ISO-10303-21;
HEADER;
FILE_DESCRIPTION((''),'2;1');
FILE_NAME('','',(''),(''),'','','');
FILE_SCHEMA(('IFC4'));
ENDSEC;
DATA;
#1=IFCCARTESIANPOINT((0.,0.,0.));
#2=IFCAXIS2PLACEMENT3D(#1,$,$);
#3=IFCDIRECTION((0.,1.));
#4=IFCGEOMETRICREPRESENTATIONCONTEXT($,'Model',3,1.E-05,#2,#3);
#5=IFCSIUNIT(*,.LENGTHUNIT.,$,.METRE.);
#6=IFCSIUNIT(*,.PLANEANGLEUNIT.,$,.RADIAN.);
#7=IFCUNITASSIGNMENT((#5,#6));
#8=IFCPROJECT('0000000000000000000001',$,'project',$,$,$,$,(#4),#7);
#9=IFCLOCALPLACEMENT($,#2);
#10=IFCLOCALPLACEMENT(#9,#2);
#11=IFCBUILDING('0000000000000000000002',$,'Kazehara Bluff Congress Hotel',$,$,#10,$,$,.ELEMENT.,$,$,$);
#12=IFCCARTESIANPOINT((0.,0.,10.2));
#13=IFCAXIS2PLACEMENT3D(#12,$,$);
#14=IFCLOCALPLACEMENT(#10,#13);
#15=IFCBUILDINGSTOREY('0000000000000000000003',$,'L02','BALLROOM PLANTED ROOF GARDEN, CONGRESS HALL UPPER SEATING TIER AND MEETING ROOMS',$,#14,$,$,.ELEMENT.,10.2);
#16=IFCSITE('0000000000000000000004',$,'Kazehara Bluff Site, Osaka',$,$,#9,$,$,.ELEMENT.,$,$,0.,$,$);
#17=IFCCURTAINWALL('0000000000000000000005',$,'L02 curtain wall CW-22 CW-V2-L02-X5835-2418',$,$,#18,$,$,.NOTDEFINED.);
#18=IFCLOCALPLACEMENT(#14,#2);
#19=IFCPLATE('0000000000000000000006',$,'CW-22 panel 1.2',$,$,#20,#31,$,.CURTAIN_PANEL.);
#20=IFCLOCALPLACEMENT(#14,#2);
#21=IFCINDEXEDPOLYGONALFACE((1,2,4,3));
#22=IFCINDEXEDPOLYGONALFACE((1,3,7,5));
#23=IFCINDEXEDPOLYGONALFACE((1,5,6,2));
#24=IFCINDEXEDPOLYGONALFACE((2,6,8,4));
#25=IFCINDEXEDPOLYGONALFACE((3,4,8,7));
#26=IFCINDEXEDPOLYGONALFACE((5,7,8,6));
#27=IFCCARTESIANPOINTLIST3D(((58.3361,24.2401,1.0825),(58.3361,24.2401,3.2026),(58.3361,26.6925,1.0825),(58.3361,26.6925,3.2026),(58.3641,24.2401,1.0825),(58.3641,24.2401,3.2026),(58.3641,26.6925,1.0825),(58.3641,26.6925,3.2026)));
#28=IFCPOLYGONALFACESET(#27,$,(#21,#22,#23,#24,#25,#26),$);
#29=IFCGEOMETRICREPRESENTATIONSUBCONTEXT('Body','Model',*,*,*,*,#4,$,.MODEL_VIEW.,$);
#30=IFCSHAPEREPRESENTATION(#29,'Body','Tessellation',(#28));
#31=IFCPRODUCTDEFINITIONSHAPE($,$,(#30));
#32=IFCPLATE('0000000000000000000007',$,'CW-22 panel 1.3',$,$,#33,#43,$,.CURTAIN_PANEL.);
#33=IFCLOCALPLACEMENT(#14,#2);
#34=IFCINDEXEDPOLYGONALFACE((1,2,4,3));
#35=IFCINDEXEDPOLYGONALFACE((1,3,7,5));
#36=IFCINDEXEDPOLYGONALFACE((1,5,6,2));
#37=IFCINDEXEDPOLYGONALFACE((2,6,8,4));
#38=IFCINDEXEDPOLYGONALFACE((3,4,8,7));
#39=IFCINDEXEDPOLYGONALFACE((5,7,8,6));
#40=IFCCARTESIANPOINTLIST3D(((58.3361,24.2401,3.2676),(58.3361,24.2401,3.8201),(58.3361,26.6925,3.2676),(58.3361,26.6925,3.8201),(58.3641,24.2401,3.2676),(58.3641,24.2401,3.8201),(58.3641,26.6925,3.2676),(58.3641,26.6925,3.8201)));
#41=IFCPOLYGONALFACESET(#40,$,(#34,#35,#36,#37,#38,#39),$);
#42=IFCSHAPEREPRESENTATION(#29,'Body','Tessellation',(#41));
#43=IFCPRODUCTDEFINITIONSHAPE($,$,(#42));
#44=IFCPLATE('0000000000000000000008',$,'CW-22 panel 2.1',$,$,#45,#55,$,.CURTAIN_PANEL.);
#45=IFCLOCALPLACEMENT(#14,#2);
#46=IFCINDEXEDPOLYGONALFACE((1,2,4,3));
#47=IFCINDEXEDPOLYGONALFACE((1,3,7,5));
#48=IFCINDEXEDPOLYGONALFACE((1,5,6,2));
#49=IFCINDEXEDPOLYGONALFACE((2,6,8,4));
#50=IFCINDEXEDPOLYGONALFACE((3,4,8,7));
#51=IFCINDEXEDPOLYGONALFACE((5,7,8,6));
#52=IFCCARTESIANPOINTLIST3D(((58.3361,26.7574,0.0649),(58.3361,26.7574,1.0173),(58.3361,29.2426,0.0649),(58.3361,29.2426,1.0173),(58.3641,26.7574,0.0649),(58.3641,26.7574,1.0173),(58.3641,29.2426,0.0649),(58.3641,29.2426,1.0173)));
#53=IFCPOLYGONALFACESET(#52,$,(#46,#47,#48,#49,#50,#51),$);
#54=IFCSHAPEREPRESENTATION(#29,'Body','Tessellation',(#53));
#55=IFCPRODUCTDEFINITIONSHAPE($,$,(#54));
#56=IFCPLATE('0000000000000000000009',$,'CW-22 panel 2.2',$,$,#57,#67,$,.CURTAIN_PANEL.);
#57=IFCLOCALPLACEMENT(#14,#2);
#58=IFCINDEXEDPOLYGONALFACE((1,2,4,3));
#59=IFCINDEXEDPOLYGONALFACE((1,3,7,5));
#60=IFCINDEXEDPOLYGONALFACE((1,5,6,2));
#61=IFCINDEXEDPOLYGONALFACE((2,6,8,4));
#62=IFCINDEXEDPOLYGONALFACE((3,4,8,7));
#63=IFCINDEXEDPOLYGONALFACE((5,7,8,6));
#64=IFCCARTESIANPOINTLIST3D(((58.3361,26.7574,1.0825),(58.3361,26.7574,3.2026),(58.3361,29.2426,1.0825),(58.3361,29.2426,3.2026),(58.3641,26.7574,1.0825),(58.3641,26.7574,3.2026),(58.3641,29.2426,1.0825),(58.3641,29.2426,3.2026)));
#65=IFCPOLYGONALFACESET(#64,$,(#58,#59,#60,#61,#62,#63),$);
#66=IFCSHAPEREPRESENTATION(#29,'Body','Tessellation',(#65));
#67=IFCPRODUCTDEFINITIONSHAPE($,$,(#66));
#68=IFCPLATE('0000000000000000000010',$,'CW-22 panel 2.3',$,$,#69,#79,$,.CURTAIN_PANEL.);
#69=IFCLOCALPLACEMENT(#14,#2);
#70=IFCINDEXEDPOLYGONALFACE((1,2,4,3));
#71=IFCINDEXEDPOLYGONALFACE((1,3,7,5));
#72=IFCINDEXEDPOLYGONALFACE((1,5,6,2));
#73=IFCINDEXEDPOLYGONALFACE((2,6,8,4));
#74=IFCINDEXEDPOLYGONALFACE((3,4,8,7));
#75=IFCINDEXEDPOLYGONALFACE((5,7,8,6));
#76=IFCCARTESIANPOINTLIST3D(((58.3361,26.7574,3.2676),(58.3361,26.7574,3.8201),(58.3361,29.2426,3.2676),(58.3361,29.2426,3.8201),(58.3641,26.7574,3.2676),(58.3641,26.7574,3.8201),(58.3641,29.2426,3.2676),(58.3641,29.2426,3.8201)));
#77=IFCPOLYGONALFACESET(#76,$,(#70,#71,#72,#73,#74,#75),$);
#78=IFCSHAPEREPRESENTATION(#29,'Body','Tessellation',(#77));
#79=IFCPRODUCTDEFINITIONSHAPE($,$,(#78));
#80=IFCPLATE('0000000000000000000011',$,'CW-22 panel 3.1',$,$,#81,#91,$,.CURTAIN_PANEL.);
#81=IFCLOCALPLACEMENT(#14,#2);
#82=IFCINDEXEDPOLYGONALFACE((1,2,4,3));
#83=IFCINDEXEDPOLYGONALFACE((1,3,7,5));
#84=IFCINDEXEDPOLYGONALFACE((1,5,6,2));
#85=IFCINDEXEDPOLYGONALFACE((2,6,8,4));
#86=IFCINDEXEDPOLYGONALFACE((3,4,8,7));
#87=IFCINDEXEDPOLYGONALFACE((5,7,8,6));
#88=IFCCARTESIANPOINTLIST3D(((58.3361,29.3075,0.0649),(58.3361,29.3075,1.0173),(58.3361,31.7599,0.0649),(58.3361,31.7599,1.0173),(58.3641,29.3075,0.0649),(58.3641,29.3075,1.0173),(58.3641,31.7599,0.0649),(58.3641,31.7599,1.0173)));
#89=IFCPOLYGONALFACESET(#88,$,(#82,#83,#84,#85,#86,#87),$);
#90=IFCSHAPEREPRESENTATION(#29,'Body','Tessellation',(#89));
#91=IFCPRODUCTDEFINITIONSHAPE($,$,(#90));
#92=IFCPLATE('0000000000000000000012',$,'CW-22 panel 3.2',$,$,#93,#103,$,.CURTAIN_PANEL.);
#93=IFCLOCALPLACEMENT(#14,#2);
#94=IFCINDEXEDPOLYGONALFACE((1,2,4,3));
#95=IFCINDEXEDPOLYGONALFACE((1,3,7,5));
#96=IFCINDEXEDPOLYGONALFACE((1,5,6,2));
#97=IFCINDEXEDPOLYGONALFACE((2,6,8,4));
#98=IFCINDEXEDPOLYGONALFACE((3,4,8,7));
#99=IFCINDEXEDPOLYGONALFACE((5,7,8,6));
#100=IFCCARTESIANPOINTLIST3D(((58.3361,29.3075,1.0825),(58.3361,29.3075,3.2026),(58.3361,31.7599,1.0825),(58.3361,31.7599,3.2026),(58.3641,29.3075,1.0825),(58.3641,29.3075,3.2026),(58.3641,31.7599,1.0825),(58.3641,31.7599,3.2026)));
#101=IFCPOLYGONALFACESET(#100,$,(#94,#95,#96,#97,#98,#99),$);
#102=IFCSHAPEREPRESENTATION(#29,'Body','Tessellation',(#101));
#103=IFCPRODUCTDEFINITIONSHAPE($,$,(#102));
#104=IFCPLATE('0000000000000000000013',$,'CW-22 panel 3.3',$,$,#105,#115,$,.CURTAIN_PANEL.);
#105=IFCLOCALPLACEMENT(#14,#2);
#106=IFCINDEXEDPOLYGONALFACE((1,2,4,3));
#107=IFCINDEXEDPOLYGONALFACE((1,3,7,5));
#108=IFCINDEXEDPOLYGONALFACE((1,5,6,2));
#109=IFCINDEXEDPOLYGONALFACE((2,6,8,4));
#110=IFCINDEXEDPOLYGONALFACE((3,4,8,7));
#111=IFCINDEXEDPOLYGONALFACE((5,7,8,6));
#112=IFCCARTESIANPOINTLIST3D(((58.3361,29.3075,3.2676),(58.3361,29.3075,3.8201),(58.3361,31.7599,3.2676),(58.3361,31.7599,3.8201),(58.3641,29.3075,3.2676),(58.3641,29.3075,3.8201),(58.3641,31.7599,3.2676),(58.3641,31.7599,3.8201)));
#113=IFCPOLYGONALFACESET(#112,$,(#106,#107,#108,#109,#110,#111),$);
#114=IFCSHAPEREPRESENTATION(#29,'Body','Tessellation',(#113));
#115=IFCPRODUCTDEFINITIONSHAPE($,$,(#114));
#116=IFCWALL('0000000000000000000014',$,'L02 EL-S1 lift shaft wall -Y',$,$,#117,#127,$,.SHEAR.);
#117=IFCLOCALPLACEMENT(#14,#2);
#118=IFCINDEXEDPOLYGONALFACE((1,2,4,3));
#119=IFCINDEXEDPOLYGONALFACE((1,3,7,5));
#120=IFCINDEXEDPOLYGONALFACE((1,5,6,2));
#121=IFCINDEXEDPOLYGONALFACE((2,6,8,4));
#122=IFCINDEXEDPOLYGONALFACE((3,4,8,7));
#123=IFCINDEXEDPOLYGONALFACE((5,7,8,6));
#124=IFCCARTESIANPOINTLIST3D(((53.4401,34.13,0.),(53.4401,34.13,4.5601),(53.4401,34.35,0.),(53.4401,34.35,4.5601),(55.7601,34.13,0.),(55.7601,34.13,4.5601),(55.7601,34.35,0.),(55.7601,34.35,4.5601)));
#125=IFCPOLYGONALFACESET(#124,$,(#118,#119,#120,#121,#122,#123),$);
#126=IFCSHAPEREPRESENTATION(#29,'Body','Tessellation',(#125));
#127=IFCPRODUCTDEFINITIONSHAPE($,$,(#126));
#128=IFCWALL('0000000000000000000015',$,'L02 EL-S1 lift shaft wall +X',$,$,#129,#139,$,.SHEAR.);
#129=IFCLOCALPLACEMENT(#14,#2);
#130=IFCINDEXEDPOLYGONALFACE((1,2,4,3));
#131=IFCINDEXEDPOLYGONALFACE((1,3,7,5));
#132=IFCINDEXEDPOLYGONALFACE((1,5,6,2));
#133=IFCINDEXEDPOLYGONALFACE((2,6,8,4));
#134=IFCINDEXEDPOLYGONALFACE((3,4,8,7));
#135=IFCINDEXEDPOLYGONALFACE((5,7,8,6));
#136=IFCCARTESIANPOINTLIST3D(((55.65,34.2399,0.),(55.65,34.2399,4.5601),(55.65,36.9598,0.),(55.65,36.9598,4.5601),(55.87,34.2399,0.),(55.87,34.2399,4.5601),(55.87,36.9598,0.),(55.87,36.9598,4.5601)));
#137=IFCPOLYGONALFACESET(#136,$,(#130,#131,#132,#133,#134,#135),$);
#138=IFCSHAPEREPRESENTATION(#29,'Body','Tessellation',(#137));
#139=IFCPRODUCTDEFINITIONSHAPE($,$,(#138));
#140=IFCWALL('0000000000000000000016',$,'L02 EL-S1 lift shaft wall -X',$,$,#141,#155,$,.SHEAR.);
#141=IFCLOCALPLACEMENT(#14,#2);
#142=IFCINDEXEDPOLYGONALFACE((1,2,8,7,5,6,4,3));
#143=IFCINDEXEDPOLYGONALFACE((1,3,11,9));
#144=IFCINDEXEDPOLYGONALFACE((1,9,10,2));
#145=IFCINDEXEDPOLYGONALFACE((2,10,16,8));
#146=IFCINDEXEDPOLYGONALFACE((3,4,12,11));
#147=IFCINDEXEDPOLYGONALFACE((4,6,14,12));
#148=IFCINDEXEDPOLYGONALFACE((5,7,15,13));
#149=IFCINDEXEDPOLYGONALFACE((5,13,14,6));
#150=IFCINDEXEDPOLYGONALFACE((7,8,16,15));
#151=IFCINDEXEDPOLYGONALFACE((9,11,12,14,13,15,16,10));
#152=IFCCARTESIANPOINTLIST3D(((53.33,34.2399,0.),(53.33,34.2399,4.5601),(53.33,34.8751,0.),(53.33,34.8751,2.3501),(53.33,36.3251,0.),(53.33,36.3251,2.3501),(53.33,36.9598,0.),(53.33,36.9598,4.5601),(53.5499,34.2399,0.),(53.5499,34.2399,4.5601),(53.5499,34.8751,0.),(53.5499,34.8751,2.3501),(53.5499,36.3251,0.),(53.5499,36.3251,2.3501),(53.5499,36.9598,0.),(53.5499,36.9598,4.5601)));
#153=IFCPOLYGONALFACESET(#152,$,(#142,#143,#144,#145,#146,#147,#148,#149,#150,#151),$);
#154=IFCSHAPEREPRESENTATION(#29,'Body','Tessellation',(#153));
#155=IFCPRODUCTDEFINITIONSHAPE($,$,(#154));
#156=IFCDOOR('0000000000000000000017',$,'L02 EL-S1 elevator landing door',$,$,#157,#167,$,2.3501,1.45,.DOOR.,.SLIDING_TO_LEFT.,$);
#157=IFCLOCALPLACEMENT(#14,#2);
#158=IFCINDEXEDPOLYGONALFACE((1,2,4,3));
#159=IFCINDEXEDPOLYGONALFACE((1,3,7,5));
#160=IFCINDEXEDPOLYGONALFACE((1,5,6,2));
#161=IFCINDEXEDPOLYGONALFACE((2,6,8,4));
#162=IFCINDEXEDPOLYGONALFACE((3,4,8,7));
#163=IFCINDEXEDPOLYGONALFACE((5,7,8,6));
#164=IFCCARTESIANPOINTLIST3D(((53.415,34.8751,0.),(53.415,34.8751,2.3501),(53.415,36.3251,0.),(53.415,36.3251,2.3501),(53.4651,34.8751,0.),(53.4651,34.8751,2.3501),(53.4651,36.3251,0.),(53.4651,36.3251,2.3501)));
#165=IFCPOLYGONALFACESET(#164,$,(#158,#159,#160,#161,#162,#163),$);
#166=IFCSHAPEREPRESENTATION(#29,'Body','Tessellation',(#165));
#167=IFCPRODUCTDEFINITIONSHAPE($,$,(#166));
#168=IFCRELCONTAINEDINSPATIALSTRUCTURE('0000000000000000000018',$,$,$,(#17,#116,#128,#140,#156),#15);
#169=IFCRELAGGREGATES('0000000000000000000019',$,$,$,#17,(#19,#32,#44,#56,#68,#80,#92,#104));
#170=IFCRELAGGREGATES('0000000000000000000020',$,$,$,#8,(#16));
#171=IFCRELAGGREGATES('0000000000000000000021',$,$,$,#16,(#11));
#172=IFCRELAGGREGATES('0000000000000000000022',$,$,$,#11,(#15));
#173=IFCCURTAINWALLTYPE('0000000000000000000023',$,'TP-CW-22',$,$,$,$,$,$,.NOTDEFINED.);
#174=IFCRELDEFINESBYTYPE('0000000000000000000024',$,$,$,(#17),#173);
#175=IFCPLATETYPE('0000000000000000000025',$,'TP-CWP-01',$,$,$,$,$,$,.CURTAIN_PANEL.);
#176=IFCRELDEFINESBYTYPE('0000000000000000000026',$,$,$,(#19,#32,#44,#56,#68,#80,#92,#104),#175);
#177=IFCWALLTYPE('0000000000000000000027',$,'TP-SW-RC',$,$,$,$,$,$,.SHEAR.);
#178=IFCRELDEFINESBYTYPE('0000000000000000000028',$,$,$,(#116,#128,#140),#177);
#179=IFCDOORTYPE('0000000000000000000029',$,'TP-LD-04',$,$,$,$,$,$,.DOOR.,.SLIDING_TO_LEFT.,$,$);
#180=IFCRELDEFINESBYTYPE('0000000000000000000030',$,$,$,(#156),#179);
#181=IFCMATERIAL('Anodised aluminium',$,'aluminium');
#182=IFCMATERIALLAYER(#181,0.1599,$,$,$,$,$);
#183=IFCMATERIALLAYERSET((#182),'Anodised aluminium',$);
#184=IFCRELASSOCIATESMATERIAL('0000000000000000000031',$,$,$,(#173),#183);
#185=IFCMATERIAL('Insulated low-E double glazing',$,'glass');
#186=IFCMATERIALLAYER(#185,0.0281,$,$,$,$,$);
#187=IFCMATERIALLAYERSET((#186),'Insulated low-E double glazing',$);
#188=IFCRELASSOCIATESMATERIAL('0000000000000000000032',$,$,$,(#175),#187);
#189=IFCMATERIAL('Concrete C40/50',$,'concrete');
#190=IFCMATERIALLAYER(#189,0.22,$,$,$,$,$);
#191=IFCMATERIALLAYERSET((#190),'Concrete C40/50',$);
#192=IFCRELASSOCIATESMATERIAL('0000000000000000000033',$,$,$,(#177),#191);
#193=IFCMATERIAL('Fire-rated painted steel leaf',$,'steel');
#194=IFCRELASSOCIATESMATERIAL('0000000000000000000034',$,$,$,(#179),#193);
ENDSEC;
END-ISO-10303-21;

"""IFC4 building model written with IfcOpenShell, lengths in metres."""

from ifc_helpers import new_model, si_unit, direction, frame, frame_2d, origin, origin_2d, place, context, subcontext, project, spatial, rectangle, extrude, material, layer, layer_set, type_object, element, fill, aggregate, save


model = new_model("IFC4")

# Units and contexts
model_context = context("Model", 3, precision=1e-05, world=origin(), true_north=direction((0.0, 1.0)))
body_context = subcontext(model_context, "Body", "Model", "MODEL_VIEW")
ifc_project = project(units=[si_unit("LENGTHUNIT", "METRE"), si_unit("PLANEANGLEUNIT", "RADIAN")], contexts=[model_context])

# Site, building, storey
site_placement = place(None, origin())
site = spatial("IfcSite", under=ifc_project, at=site_placement, Name="Kazehara Bluff Site, Osaka", CompositionType="ELEMENT", RefElevation=0.0)
building_placement = place(site_placement, origin())
building = spatial("IfcBuilding", under=site, at=building_placement, Name="Kazehara Bluff Congress Hotel", CompositionType="ELEMENT")
storey_placement = place(building_placement, frame((0.0, 0.0, 10.2)))
storey = spatial("IfcBuildingStorey", under=building, at=storey_placement, Name="L02", Description="BALLROOM PLANTED ROOF GARDEN, CONGRESS HALL UPPER SEATING TIER AND MEETING ROOMS", CompositionType="ELEMENT", Elevation=10.2)

# Curtain wall
ifc_material_1 = material(Name="Anodised aluminium", Category="aluminium")
ifc_layer_1 = layer(ifc_material_1, 0.1599)
ifc_layer_set_1 = layer_set([ifc_layer_1], Name="Anodised aluminium")
curtain_wall_type_1 = type_object("IfcCurtainWallType", Name="TP-CW-22", PredefinedType="NOTDEFINED", material=ifc_layer_set_1)
curtain_wall_1_placement = place(storey_placement, origin())
curtain_wall_1 = element("IfcCurtainWall", 1, at=curtain_wall_1_placement, inside=storey, type_object=curtain_wall_type_1, Name="L02 curtain wall CW-22 CW-V2-L02-X5835-2418", PredefinedType="NOTDEFINED")

# Plates
ifc_material_2 = material(Name="Insulated low-E double glazing", Category="glass")
ifc_layer_2 = layer(ifc_material_2, 0.0281)
ifc_layer_set_2 = layer_set([ifc_layer_2], Name="Insulated low-E double glazing")
plate_type = type_object("IfcPlateType", Name="TP-CWP-01", PredefinedType="CURTAIN_PANEL", material=ifc_layer_set_2)
plate_1_placement = place(storey_placement, frame((58.3501, 25.4663, 1.0825), z_axis=(0.0, 0.0, 1.0), x_axis=(0.0, 1.0, 0.0)))
plate_1 = element("IfcPlate", 2, at=plate_1_placement, type_object=plate_type, Name="CW-22 panel 1.2", PredefinedType="CURTAIN_PANEL", context=body_context, shape_type="SweptSolid", body=[
    extrude(rectangle(XDim=2.4524, YDim=0.0281, at=origin_2d()), origin(), (0.0, 0.0, 1.0), 2.1201),
])
plate_2_placement = place(storey_placement, frame((58.3501, 25.4663, 3.2676), z_axis=(0.0, 0.0, 1.0), x_axis=(0.0, 1.0, 0.0)))
plate_2 = element("IfcPlate", 3, at=plate_2_placement, type_object=plate_type, Name="CW-22 panel 1.3", PredefinedType="CURTAIN_PANEL", context=body_context, shape_type="SweptSolid", body=[
    extrude(rectangle(XDim=2.4524, YDim=0.0281, at=origin_2d()), origin(), (0.0, 0.0, 1.0), 0.5525),
])
plate_3_placement = place(storey_placement, frame((58.3501, 28.0, 0.0649), z_axis=(0.0, 0.0, 1.0), x_axis=(0.0, 1.0, 0.0)))
plate_3 = element("IfcPlate", 4, at=plate_3_placement, type_object=plate_type, Name="CW-22 panel 2.1", PredefinedType="CURTAIN_PANEL", context=body_context, shape_type="SweptSolid", body=[
    extrude(rectangle(XDim=2.4851, YDim=0.0281, at=origin_2d()), origin(), (0.0, 0.0, 1.0), 0.9524),
])
plate_4_placement = place(storey_placement, frame((58.3501, 28.0, 1.0825), z_axis=(0.0, 0.0, 1.0), x_axis=(0.0, 1.0, 0.0)))
plate_4 = element("IfcPlate", 5, at=plate_4_placement, type_object=plate_type, Name="CW-22 panel 2.2", PredefinedType="CURTAIN_PANEL", context=body_context, shape_type="SweptSolid", body=[
    extrude(rectangle(XDim=2.4851, YDim=0.0281, at=origin_2d()), origin(), (0.0, 0.0, 1.0), 2.1201),
])
plate_5_placement = place(storey_placement, frame((58.3501, 28.0, 3.2676), z_axis=(0.0, 0.0, 1.0), x_axis=(0.0, 1.0, 0.0)))
plate_5 = element("IfcPlate", 6, at=plate_5_placement, type_object=plate_type, Name="CW-22 panel 2.3", PredefinedType="CURTAIN_PANEL", context=body_context, shape_type="SweptSolid", body=[
    extrude(rectangle(XDim=2.4851, YDim=0.0281, at=origin_2d()), origin(), (0.0, 0.0, 1.0), 0.5525),
])
plate_6_placement = place(storey_placement, frame((58.3501, 30.5337, 0.0649), z_axis=(0.0, 0.0, 1.0), x_axis=(0.0, 1.0, 0.0)))
plate_6 = element("IfcPlate", 7, at=plate_6_placement, type_object=plate_type, Name="CW-22 panel 3.1", PredefinedType="CURTAIN_PANEL", context=body_context, shape_type="SweptSolid", body=[
    extrude(rectangle(XDim=2.4524, YDim=0.0281, at=origin_2d()), origin(), (0.0, 0.0, 1.0), 0.9524),
])
plate_7_placement = place(storey_placement, frame((58.3501, 30.5337, 1.0825), z_axis=(0.0, 0.0, 1.0), x_axis=(0.0, 1.0, 0.0)))
plate_7 = element("IfcPlate", 8, at=plate_7_placement, type_object=plate_type, Name="CW-22 panel 3.2", PredefinedType="CURTAIN_PANEL", context=body_context, shape_type="SweptSolid", body=[
    extrude(rectangle(XDim=2.4524, YDim=0.0281, at=origin_2d()), origin(), (0.0, 0.0, 1.0), 2.1201),
])
plate_8_placement = place(storey_placement, frame((58.3501, 30.5337, 3.2676), z_axis=(0.0, 0.0, 1.0), x_axis=(0.0, 1.0, 0.0)))
plate_8 = element("IfcPlate", 9, at=plate_8_placement, type_object=plate_type, Name="CW-22 panel 3.3", PredefinedType="CURTAIN_PANEL", context=body_context, shape_type="SweptSolid", body=[
    extrude(rectangle(XDim=2.4524, YDim=0.0281, at=origin_2d()), origin(), (0.0, 0.0, 1.0), 0.5525),
])
aggregate(curtain_wall_1, [plate_1, plate_2, plate_3, plate_4, plate_5, plate_6, plate_7, plate_8])

# Walls
ifc_material_3 = material(Name="Concrete C40/50", Category="concrete")
ifc_layer_3 = layer(ifc_material_3, 0.22)
ifc_layer_set_3 = layer_set([ifc_layer_3], Name="Concrete C40/50")
wall_type = type_object("IfcWallType", Name="TP-SW-RC", PredefinedType="SHEAR", material=ifc_layer_set_3)
wall_1_placement = place(storey_placement, frame((53.4399, 34.24, 0.0), z_axis=(0.0, 0.0, 1.0), x_axis=(1.0, 0.0, 0.0)))
element("IfcWall", 10, at=wall_1_placement, inside=storey, type_object=wall_type, Name="L02 EL-S1 lift shaft wall -Y", PredefinedType="SHEAR", context=body_context, shape_type="SweptSolid", body=[
    extrude(rectangle(XDim=2.3201, YDim=0.22, at=frame_2d((1.1602, 0.0))), origin(), (0.0, 0.0, 1.0), 4.5601),
])
wall_2_placement = place(storey_placement, frame((55.76, 34.24, 0.0), z_axis=(0.0, 0.0, 1.0), x_axis=(0.0, 1.0, 0.0)))
element("IfcWall", 11, at=wall_2_placement, inside=storey, type_object=wall_type, Name="L02 EL-S1 lift shaft wall +X", PredefinedType="SHEAR", context=body_context, shape_type="SweptSolid", body=[
    extrude(rectangle(XDim=2.72, YDim=0.22, at=frame_2d((1.3599, 0.0))), origin(), (0.0, 0.0, 1.0), 4.5601),
])

# Wall, opening, door
wall_3_placement = place(storey_placement, frame((53.4399, 34.24, 0.0), z_axis=(0.0, 0.0, 1.0), x_axis=(0.0, 1.0, 0.0)))
wall_3 = element("IfcWall", 12, at=wall_3_placement, inside=storey, type_object=wall_type, Name="L02 EL-S1 lift shaft wall -X", PredefinedType="SHEAR", context=body_context, shape_type="SweptSolid", body=[
    extrude(rectangle(XDim=2.72, YDim=0.22, at=frame_2d((1.3599, 0.0))), origin(), (0.0, 0.0, 1.0), 4.5601),
])
opening_placement = place(wall_3_placement, frame((0.635, 0.0, 0.0)))
opening = element("IfcOpeningElement", 13, at=opening_placement, cuts=wall_3, PredefinedType="OPENING", context=body_context, shape_type="SweptSolid", body=[
    extrude(rectangle(XDim=1.45, YDim=2.3501, at=frame_2d((0.7251, 1.175))), frame((0.0, 0.1199, 0.0), z_axis=(0.0, -1.0, 0.0), x_axis=(1.0, 0.0, 0.0)), (0.0, 0.0, 1.0), 0.24),
])
ifc_material_4 = material(Name="Fire-rated painted steel leaf", Category="steel")
door_type = type_object("IfcDoorType", Name="TP-LD-04", OperationType="SLIDING_TO_LEFT", PredefinedType="DOOR", material=ifc_material_4)
door_placement = place(opening_placement, origin())
door = element("IfcDoor", 14, at=door_placement, inside=storey, type_object=door_type, Name="L02 EL-S1 elevator landing door", OperationType="SLIDING_TO_LEFT", OverallHeight=2.3501, OverallWidth=1.45, PredefinedType="DOOR", context=body_context, shape_type="SweptSolid", body=[
    extrude(rectangle(XDim=1.45, YDim=2.3501, at=frame_2d((0.7251, 1.175))), frame((0.0, 0.0249, 0.0), z_axis=(0.0, -1.0, 0.0), x_axis=(1.0, 0.0, 0.0)), (0.0, 0.0, 1.0), 0.05),
])
fill(opening, door)

save(model, "model.ifc")
